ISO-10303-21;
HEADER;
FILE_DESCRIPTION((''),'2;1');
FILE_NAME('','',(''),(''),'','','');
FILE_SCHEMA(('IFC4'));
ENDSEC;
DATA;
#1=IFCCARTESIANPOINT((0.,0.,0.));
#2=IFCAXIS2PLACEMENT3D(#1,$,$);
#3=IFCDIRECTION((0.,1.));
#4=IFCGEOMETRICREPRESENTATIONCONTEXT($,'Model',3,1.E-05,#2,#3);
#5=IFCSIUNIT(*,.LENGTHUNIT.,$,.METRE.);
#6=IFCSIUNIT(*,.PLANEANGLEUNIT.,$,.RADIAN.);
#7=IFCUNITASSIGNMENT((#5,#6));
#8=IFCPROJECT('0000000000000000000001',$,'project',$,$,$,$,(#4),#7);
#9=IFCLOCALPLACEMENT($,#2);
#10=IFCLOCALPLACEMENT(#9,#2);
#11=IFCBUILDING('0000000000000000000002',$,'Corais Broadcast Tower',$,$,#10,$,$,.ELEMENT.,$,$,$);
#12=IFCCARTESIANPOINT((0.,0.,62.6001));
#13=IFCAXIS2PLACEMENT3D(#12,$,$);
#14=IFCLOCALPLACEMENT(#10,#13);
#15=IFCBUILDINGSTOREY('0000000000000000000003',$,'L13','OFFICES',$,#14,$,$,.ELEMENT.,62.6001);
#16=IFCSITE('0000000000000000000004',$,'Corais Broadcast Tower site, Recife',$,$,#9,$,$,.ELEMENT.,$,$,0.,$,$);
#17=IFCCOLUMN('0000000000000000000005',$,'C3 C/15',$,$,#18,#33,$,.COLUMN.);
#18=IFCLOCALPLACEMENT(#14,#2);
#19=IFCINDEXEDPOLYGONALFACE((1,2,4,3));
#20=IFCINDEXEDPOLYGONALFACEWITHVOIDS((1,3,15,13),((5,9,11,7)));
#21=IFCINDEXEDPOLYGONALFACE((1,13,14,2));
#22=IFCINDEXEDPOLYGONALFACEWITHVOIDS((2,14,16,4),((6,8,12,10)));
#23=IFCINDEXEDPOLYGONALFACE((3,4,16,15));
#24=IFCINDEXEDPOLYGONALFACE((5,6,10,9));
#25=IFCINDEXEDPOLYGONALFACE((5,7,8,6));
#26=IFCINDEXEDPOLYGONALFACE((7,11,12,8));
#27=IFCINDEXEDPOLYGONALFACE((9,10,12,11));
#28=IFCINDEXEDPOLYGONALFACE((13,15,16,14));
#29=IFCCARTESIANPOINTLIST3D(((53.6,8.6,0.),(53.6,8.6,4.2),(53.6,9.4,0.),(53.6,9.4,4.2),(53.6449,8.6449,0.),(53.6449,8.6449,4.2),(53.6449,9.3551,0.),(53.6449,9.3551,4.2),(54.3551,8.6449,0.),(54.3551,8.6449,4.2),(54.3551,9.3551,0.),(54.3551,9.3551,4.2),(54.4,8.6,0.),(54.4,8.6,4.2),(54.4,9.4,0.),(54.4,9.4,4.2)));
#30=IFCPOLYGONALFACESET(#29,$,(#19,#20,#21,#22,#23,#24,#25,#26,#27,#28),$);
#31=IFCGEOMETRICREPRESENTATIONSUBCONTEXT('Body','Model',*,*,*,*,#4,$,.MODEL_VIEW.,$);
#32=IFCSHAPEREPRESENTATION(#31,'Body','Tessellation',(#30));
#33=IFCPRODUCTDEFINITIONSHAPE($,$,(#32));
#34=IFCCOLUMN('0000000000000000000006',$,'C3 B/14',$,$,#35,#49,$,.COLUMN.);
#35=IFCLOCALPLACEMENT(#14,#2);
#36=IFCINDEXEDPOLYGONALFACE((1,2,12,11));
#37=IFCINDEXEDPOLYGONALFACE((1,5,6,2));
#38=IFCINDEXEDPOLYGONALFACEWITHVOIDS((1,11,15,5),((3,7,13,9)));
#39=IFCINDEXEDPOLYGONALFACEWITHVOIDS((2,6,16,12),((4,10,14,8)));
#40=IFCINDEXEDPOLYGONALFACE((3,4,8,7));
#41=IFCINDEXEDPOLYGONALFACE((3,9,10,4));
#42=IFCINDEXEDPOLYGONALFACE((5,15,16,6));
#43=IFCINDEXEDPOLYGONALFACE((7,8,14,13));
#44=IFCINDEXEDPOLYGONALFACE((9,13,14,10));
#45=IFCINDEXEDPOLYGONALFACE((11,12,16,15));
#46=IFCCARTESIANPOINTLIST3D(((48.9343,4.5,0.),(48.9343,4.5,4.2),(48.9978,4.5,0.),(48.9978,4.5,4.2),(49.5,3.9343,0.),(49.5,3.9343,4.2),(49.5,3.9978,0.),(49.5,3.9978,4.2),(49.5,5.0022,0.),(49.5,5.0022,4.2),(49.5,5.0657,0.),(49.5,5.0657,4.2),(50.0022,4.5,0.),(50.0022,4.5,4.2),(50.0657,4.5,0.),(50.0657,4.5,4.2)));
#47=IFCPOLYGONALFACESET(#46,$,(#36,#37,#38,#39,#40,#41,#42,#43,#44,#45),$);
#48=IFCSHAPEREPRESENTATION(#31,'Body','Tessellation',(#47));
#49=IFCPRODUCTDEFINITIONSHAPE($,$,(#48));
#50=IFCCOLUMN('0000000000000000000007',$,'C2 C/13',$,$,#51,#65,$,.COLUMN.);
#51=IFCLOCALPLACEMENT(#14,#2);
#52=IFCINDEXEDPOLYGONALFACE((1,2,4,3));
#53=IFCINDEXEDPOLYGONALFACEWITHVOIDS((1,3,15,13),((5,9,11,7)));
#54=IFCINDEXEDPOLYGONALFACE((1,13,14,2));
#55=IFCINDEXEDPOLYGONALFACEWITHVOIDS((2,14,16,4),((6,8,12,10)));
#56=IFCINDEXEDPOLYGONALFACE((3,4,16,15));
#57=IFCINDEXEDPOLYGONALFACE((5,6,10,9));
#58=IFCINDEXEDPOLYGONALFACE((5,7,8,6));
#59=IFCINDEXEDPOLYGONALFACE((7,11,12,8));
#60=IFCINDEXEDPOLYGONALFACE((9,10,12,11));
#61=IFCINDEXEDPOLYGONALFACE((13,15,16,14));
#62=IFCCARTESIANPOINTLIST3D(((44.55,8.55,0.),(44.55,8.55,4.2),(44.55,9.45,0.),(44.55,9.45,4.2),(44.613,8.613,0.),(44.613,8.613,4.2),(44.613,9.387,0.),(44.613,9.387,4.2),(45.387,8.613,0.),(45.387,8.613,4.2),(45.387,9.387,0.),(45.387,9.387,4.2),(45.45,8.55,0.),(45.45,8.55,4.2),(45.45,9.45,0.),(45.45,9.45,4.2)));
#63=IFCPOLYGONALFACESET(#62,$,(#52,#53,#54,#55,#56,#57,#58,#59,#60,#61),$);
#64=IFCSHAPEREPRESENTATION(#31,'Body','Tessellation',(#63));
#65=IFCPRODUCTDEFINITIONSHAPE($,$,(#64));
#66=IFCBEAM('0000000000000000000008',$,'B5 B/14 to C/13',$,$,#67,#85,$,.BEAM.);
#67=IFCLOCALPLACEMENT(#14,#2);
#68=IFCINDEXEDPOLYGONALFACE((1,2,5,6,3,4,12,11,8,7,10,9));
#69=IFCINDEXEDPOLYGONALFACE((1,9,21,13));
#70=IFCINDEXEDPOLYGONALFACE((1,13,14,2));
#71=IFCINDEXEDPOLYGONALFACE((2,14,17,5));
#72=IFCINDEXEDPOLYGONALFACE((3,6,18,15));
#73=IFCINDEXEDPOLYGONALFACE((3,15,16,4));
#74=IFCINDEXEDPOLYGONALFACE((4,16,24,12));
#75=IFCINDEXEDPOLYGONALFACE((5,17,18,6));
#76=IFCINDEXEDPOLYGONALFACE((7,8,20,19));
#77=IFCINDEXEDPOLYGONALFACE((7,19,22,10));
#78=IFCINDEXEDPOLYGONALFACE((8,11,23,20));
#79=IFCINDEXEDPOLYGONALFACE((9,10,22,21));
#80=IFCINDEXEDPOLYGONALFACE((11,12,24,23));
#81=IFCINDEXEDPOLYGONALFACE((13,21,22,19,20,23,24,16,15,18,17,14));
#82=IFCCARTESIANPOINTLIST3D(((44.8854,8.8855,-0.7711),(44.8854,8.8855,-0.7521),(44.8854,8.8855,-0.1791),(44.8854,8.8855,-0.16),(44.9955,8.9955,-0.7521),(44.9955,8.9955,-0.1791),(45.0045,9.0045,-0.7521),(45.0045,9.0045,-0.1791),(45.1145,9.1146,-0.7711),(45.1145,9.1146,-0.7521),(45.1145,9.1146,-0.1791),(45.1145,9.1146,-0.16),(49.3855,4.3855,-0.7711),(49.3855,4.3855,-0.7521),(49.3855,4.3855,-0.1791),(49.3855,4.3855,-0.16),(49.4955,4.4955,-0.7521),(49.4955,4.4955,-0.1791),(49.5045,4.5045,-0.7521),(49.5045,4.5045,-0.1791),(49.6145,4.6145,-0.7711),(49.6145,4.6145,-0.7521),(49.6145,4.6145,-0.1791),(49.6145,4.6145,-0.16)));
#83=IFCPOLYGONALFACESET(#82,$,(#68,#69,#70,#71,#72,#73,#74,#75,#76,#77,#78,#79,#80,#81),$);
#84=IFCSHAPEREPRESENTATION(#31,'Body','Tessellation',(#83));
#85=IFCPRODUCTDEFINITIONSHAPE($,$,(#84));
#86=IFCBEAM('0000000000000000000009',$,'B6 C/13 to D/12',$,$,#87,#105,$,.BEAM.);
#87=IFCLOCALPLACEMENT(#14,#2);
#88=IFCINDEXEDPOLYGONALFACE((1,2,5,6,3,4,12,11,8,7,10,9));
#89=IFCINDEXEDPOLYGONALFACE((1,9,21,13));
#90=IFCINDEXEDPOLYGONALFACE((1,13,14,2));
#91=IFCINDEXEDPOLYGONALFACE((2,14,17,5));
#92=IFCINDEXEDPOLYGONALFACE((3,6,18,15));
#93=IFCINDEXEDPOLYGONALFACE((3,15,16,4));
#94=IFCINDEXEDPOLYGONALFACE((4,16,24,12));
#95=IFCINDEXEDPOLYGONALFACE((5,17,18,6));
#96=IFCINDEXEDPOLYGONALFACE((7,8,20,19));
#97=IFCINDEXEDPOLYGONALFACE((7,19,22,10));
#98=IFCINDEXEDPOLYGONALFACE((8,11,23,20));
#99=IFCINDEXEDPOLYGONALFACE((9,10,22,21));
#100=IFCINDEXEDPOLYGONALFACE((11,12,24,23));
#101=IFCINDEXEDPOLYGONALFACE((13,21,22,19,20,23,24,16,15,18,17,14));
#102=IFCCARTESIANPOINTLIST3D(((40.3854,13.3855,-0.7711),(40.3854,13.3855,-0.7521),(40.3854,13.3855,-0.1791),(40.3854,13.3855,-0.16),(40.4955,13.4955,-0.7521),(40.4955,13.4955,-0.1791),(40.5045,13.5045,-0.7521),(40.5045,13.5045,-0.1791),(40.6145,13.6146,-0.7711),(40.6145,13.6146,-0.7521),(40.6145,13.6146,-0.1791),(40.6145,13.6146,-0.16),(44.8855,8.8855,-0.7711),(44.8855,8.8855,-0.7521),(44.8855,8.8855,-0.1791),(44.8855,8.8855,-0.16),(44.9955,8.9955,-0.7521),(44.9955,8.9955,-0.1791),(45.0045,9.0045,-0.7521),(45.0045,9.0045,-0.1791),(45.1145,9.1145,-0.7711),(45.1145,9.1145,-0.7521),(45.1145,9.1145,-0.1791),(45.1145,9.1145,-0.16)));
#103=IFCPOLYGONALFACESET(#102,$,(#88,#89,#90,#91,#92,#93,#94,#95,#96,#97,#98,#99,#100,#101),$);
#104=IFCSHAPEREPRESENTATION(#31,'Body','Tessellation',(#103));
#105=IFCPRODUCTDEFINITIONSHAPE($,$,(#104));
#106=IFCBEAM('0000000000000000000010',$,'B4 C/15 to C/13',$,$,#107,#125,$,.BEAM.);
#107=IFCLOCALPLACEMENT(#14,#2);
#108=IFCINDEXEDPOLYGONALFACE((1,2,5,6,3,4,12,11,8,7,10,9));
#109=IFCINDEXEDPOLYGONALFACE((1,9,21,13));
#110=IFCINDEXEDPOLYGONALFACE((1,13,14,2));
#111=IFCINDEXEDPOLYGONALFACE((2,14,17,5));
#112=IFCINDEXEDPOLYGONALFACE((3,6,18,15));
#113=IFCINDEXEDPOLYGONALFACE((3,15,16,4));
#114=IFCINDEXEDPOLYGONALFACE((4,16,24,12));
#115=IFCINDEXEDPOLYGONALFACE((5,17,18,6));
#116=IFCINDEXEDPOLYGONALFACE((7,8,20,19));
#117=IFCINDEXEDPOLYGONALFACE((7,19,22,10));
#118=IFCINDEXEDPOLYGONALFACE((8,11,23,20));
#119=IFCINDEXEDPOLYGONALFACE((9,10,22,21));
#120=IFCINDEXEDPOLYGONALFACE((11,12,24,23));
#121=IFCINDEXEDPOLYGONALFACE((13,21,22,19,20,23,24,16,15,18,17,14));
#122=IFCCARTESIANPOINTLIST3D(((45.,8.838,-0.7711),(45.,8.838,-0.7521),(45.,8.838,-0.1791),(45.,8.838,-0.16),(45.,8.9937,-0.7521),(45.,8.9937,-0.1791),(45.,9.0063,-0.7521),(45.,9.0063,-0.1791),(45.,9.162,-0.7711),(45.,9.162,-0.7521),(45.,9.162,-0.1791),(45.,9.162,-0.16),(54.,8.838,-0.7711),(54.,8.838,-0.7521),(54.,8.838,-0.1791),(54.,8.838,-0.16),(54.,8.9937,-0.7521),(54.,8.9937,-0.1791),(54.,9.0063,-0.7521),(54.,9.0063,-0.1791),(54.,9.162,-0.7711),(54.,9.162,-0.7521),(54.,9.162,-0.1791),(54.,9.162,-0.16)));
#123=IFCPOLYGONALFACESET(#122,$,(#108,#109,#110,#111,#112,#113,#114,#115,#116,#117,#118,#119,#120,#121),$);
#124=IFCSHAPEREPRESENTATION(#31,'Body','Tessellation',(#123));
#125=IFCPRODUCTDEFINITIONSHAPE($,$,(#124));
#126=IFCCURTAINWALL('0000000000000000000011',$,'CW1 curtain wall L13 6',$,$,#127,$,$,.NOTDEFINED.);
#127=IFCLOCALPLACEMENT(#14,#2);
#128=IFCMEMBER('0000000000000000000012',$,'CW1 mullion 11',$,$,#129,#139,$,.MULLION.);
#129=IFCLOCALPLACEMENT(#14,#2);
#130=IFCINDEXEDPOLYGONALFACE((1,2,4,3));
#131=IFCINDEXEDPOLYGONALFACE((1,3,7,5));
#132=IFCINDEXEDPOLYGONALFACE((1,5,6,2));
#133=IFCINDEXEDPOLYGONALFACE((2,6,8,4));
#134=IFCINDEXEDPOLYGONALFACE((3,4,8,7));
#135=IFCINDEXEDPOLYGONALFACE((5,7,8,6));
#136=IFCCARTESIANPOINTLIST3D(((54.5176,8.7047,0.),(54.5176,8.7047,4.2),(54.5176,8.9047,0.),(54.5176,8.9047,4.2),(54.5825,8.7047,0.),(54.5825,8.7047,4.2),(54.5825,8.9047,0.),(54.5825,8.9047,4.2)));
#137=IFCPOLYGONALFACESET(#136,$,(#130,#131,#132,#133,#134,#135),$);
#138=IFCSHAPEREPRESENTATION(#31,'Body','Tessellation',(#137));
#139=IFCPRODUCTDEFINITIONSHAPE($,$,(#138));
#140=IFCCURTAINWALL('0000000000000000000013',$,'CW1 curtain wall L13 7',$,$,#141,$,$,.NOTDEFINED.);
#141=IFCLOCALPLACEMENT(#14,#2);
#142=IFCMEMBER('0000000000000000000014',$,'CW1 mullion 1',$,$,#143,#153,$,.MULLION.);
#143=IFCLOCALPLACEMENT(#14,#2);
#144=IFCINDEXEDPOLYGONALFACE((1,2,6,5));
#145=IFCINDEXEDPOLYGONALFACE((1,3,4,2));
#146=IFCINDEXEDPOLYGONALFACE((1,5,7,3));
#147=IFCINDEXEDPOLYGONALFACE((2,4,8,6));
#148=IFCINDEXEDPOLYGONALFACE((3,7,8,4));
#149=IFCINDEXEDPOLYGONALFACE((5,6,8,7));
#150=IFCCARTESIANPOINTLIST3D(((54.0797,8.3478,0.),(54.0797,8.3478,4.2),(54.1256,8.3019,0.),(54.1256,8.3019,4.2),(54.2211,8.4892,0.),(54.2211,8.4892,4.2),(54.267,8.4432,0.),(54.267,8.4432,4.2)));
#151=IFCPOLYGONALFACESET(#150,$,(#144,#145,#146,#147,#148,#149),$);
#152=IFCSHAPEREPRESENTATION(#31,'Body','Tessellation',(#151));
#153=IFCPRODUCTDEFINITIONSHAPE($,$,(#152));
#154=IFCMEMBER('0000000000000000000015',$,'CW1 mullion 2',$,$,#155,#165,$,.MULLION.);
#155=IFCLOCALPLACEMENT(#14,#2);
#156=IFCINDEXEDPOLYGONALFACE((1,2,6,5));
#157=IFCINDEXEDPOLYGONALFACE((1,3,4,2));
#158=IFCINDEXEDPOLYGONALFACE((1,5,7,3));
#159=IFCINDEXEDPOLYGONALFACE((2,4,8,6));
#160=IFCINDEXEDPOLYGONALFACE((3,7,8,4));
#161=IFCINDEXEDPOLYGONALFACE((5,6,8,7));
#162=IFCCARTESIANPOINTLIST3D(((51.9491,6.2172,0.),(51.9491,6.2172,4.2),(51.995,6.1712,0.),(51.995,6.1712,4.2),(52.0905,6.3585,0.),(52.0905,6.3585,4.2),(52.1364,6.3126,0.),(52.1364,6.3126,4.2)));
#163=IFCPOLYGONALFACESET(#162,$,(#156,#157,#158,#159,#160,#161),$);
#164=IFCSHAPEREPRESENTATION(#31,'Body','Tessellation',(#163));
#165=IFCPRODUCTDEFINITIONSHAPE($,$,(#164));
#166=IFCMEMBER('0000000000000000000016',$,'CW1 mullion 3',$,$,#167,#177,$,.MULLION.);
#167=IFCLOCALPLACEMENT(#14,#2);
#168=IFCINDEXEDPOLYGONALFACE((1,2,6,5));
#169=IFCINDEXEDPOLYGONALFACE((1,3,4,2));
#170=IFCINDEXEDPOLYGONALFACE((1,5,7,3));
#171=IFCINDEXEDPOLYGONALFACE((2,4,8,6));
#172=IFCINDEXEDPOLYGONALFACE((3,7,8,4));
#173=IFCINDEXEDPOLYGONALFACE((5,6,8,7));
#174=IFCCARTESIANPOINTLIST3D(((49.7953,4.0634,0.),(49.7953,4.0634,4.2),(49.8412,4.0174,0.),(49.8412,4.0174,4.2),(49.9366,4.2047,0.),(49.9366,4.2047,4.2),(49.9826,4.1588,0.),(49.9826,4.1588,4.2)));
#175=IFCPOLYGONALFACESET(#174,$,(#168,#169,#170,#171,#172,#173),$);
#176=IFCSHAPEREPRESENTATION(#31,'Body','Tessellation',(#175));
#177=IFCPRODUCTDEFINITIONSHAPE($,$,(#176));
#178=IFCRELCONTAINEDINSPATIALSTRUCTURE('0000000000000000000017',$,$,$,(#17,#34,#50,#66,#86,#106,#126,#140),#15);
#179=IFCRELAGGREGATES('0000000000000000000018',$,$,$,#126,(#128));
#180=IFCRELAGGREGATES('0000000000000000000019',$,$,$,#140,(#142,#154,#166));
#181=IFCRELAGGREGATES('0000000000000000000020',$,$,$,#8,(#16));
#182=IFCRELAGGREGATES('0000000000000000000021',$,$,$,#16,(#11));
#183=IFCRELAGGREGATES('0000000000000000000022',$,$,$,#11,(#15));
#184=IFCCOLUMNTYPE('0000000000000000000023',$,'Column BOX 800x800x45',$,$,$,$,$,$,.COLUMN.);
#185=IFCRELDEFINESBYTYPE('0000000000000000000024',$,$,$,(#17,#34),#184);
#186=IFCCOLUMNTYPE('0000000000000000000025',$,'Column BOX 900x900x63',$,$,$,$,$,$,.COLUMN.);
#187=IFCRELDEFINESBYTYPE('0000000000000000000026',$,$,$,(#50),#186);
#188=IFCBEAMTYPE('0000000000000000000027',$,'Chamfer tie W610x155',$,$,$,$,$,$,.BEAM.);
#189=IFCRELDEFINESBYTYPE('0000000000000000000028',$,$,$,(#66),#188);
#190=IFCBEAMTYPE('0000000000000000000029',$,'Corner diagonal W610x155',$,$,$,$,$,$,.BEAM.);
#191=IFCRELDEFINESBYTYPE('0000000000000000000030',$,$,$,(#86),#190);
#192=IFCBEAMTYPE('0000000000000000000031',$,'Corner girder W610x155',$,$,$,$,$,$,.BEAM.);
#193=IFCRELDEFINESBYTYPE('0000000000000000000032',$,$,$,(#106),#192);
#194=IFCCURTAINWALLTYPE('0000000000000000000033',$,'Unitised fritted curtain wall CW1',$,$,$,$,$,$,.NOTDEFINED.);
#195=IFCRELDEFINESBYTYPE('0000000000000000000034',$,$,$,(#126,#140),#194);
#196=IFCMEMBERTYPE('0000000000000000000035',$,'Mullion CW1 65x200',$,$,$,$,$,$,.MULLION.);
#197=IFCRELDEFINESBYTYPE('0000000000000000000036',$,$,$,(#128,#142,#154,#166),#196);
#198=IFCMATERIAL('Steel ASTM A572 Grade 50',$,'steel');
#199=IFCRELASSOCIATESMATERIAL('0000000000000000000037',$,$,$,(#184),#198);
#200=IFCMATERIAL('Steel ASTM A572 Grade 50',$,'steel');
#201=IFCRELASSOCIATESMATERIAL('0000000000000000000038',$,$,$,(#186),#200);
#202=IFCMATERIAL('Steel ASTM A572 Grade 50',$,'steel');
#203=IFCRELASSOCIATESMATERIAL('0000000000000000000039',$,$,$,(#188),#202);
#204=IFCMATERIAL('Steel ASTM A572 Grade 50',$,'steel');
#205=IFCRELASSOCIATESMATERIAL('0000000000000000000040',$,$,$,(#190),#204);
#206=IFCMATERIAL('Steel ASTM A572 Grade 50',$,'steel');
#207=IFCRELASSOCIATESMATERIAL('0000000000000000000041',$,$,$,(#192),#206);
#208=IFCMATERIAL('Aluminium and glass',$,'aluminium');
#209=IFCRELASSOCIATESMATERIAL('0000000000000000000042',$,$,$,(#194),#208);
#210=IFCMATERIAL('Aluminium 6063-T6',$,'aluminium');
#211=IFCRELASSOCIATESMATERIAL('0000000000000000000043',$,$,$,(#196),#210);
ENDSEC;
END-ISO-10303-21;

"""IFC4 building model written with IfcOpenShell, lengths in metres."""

from ifc_helpers import new_model, si_unit, direction, frame, origin, origin_2d, place, context, subcontext, project, spatial, rectangle, hollow_rectangle, i_section, extrude, material, material_profile, profile_set, type_object, element, aggregate, save


model = new_model("IFC4")

# Units and contexts
model_context = context("Model", 3, precision=1e-05, world=origin(), true_north=direction((0.0, 1.0)))
body_context = subcontext(model_context, "Body", "Model", "MODEL_VIEW")
ifc_project = project(units=[si_unit("LENGTHUNIT", "METRE"), si_unit("PLANEANGLEUNIT", "RADIAN")], contexts=[model_context])

# Site, building, storey
site_placement = place(None, origin())
site = spatial("IfcSite", under=ifc_project, at=site_placement, Name="Corais Broadcast Tower site, Recife", CompositionType="ELEMENT", RefElevation=0.0)
building_placement = place(site_placement, origin())
building = spatial("IfcBuilding", under=site, at=building_placement, Name="Corais Broadcast Tower", CompositionType="ELEMENT")
storey_placement = place(building_placement, frame((0.0, 0.0, 62.6001)))
storey = spatial("IfcBuildingStorey", under=building, at=storey_placement, Name="L13", Description="OFFICES", CompositionType="ELEMENT", Elevation=62.6001)

# Columns
ifc_material_1 = material(Name="Steel ASTM A572 Grade 50", Category="steel")
ifc_material_profile_1 = material_profile(ifc_material_1, hollow_rectangle(XDim=0.8, YDim=0.8, WallThickness=0.0449, at=origin_2d()), Name="BOX 800x800x45")
ifc_profile_set_1 = profile_set([ifc_material_profile_1], Name="Steel ASTM A572 Grade 50")
column_type_1 = type_object("IfcColumnType", Name="Column BOX 800x800x45", PredefinedType="COLUMN", material=ifc_profile_set_1)
for number, where, z_axis, x_axis, name in (
    (1, (54.0, 9.0, 0.0), (0.0, 0.0, 1.0), (1.0, 0.0, 0.0), "C3 C/15"),
    (2, (49.5, 4.5, 0.0), (0.0, 0.0, 1.0), (0.707107, 0.707107, 0.0), "C3 B/14"),
):
    element("IfcColumn", number, at=place(storey_placement, frame(where, z_axis=z_axis, x_axis=x_axis)), inside=storey, type_object=column_type_1, Name=name, PredefinedType="COLUMN", context=body_context, shape_type="SweptSolid", body=[
        extrude(hollow_rectangle(XDim=0.8, YDim=0.8, WallThickness=0.0449, at=origin_2d()), origin(), (0.0, 0.0, 1.0), 4.2),
    ])
ifc_material_2 = material(Name="Steel ASTM A572 Grade 50", Category="steel")
ifc_material_profile_2 = material_profile(ifc_material_2, hollow_rectangle(XDim=0.8999, YDim=0.8999, WallThickness=0.063, at=origin_2d()), Name="BOX 900x900x63")
ifc_profile_set_2 = profile_set([ifc_material_profile_2], Name="Steel ASTM A572 Grade 50")
column_type_2 = type_object("IfcColumnType", Name="Column BOX 900x900x63", PredefinedType="COLUMN", material=ifc_profile_set_2)
column_placement = place(storey_placement, frame((45.0, 9.0, 0.0), z_axis=(0.0, 0.0, 1.0), x_axis=(1.0, 0.0, 0.0)))
element("IfcColumn", 3, at=column_placement, inside=storey, type_object=column_type_2, Name="C2 C/13", PredefinedType="COLUMN", context=body_context, shape_type="SweptSolid", body=[
    extrude(hollow_rectangle(XDim=0.8999, YDim=0.8999, WallThickness=0.063, at=origin_2d()), origin(), (0.0, 0.0, 1.0), 4.2),
])

# Beams
ifc_material_3 = material(Name="Steel ASTM A572 Grade 50", Category="steel")
ifc_material_profile_3 = material_profile(ifc_material_3, i_section(OverallWidth=0.324, OverallDepth=0.6111, WebThickness=0.0127, FlangeThickness=0.019, at=origin_2d()), Name="W610x155")
ifc_profile_set_3 = profile_set([ifc_material_profile_3], Name="Steel ASTM A572 Grade 50")
beam_type_1 = type_object("IfcBeamType", Name="Chamfer tie W610x155", PredefinedType="BEAM", material=ifc_profile_set_3)
beam_1_placement = place(storey_placement, frame((49.5, 4.5, -0.4656), z_axis=(-0.707107, 0.707107, 0.0), x_axis=(-0.707107, -0.707107, 0.0)))
element("IfcBeam", 4, at=beam_1_placement, inside=storey, type_object=beam_type_1, Name="B5 B/14 to C/13", PredefinedType="BEAM", context=body_context, shape_type="SweptSolid", body=[
    extrude(i_section(OverallWidth=0.324, OverallDepth=0.6111, WebThickness=0.0127, FlangeThickness=0.019, at=origin_2d()), origin(), (0.0, 0.0, 1.0), 6.364),
])
ifc_material_4 = material(Name="Steel ASTM A572 Grade 50", Category="steel")
ifc_material_profile_4 = material_profile(ifc_material_4, i_section(OverallWidth=0.324, OverallDepth=0.6111, WebThickness=0.0127, FlangeThickness=0.019, at=origin_2d()), Name="W610x155")
ifc_profile_set_4 = profile_set([ifc_material_profile_4], Name="Steel ASTM A572 Grade 50")
beam_type_2 = type_object("IfcBeamType", Name="Corner diagonal W610x155", PredefinedType="BEAM", material=ifc_profile_set_4)
beam_2_placement = place(storey_placement, frame((45.0, 9.0, -0.4656), z_axis=(-0.707107, 0.707107, 0.0), x_axis=(-0.707107, -0.707107, 0.0)))
element("IfcBeam", 5, at=beam_2_placement, inside=storey, type_object=beam_type_2, Name="B6 C/13 to D/12", PredefinedType="BEAM", context=body_context, shape_type="SweptSolid", body=[
    extrude(i_section(OverallWidth=0.324, OverallDepth=0.6111, WebThickness=0.0127, FlangeThickness=0.019, at=origin_2d()), origin(), (0.0, 0.0, 1.0), 6.364),
])
ifc_material_5 = material(Name="Steel ASTM A572 Grade 50", Category="steel")
ifc_material_profile_5 = material_profile(ifc_material_5, i_section(OverallWidth=0.324, OverallDepth=0.6111, WebThickness=0.0127, FlangeThickness=0.019, at=origin_2d()), Name="W610x155")
ifc_profile_set_5 = profile_set([ifc_material_profile_5], Name="Steel ASTM A572 Grade 50")
beam_type_3 = type_object("IfcBeamType", Name="Corner girder W610x155", PredefinedType="BEAM", material=ifc_profile_set_5)
beam_3_placement = place(storey_placement, frame((54.0, 9.0, -0.4656), z_axis=(-1.0, 0.0, 0.0), x_axis=(0.0, -1.0, 0.0)))
element("IfcBeam", 6, at=beam_3_placement, inside=storey, type_object=beam_type_3, Name="B4 C/15 to C/13", PredefinedType="BEAM", context=body_context, shape_type="SweptSolid", body=[
    extrude(i_section(OverallWidth=0.324, OverallDepth=0.6111, WebThickness=0.0127, FlangeThickness=0.019, at=origin_2d()), origin(), (0.0, 0.0, 1.0), 9.0),
])

# Curtain wall, member
ifc_material_6 = material(Name="Aluminium and glass", Category="aluminium")
curtain_wall_type = type_object("IfcCurtainWallType", Name="Unitised fritted curtain wall CW1", PredefinedType="NOTDEFINED", material=ifc_material_6)
curtain_wall_1_placement = place(storey_placement, origin())
curtain_wall_1 = element("IfcCurtainWall", 7, at=curtain_wall_1_placement, inside=storey, type_object=curtain_wall_type, Name="CW1 curtain wall L13 6", PredefinedType="NOTDEFINED")
ifc_material_7 = material(Name="Aluminium 6063-T6", Category="aluminium")
ifc_material_profile_6 = material_profile(ifc_material_7, rectangle(XDim=0.0649, YDim=0.2, at=origin_2d()), Name="Mullion CW1 65x200")
ifc_profile_set_6 = profile_set([ifc_material_profile_6], Name="Aluminium 6063-T6")
member_type_1 = type_object("IfcMemberType", Name="Mullion CW1 65x200", PredefinedType="MULLION", material=ifc_profile_set_6)
member_1_placement = place(storey_placement, frame((54.55, 8.8047, 0.0), z_axis=(0.0, 0.0, 1.0), x_axis=(1.0, 0.0, 0.0)))
member_1 = element("IfcMember", 8, at=member_1_placement, type_object=member_type_1, Name="CW1 mullion 11", PredefinedType="MULLION", context=body_context, shape_type="SweptSolid", body=[
    extrude(rectangle(XDim=0.0649, YDim=0.2, at=origin_2d()), origin(), (0.0, 0.0, 1.0), 4.2),
])
aggregate(curtain_wall_1, [member_1])

# Curtain wall, members
curtain_wall_2_placement = place(storey_placement, origin())
curtain_wall_2 = element("IfcCurtainWall", 9, at=curtain_wall_2_placement, inside=storey, type_object=curtain_wall_type, Name="CW1 curtain wall L13 7", PredefinedType="NOTDEFINED")
member_2_placement = place(storey_placement, frame((54.1733, 8.3955, 0.0), z_axis=(0.0, 0.0, 1.0), x_axis=(0.707107, -0.707107, 0.0)))
member_2 = element("IfcMember", 10, at=member_2_placement, type_object=member_type_1, Name="CW1 mullion 1", PredefinedType="MULLION", context=body_context, shape_type="SweptSolid", body=[
    extrude(rectangle(XDim=0.0649, YDim=0.2, at=origin_2d()), origin(), (0.0, 0.0, 1.0), 4.2),
])
member_3_placement = place(storey_placement, frame((52.0427, 6.2649, 0.0), z_axis=(0.0, 0.0, 1.0), x_axis=(0.707107, -0.707107, 0.0)))
member_3 = element("IfcMember", 11, at=member_3_placement, type_object=member_type_1, Name="CW1 mullion 2", PredefinedType="MULLION", context=body_context, shape_type="SweptSolid", body=[
    extrude(rectangle(XDim=0.0649, YDim=0.2, at=origin_2d()), origin(), (0.0, 0.0, 1.0), 4.2),
])
member_4_placement = place(storey_placement, frame((49.8889, 4.1111, 0.0), z_axis=(0.0, 0.0, 1.0), x_axis=(0.707107, -0.707107, 0.0)))
member_4 = element("IfcMember", 12, at=member_4_placement, type_object=member_type_1, Name="CW1 mullion 3", PredefinedType="MULLION", context=body_context, shape_type="SweptSolid", body=[
    extrude(rectangle(XDim=0.0649, YDim=0.2, at=origin_2d()), origin(), (0.0, 0.0, 1.0), 4.2),
])

aggregate(curtain_wall_2, [member_2, member_3, member_4])

save(model, "model.ifc")
